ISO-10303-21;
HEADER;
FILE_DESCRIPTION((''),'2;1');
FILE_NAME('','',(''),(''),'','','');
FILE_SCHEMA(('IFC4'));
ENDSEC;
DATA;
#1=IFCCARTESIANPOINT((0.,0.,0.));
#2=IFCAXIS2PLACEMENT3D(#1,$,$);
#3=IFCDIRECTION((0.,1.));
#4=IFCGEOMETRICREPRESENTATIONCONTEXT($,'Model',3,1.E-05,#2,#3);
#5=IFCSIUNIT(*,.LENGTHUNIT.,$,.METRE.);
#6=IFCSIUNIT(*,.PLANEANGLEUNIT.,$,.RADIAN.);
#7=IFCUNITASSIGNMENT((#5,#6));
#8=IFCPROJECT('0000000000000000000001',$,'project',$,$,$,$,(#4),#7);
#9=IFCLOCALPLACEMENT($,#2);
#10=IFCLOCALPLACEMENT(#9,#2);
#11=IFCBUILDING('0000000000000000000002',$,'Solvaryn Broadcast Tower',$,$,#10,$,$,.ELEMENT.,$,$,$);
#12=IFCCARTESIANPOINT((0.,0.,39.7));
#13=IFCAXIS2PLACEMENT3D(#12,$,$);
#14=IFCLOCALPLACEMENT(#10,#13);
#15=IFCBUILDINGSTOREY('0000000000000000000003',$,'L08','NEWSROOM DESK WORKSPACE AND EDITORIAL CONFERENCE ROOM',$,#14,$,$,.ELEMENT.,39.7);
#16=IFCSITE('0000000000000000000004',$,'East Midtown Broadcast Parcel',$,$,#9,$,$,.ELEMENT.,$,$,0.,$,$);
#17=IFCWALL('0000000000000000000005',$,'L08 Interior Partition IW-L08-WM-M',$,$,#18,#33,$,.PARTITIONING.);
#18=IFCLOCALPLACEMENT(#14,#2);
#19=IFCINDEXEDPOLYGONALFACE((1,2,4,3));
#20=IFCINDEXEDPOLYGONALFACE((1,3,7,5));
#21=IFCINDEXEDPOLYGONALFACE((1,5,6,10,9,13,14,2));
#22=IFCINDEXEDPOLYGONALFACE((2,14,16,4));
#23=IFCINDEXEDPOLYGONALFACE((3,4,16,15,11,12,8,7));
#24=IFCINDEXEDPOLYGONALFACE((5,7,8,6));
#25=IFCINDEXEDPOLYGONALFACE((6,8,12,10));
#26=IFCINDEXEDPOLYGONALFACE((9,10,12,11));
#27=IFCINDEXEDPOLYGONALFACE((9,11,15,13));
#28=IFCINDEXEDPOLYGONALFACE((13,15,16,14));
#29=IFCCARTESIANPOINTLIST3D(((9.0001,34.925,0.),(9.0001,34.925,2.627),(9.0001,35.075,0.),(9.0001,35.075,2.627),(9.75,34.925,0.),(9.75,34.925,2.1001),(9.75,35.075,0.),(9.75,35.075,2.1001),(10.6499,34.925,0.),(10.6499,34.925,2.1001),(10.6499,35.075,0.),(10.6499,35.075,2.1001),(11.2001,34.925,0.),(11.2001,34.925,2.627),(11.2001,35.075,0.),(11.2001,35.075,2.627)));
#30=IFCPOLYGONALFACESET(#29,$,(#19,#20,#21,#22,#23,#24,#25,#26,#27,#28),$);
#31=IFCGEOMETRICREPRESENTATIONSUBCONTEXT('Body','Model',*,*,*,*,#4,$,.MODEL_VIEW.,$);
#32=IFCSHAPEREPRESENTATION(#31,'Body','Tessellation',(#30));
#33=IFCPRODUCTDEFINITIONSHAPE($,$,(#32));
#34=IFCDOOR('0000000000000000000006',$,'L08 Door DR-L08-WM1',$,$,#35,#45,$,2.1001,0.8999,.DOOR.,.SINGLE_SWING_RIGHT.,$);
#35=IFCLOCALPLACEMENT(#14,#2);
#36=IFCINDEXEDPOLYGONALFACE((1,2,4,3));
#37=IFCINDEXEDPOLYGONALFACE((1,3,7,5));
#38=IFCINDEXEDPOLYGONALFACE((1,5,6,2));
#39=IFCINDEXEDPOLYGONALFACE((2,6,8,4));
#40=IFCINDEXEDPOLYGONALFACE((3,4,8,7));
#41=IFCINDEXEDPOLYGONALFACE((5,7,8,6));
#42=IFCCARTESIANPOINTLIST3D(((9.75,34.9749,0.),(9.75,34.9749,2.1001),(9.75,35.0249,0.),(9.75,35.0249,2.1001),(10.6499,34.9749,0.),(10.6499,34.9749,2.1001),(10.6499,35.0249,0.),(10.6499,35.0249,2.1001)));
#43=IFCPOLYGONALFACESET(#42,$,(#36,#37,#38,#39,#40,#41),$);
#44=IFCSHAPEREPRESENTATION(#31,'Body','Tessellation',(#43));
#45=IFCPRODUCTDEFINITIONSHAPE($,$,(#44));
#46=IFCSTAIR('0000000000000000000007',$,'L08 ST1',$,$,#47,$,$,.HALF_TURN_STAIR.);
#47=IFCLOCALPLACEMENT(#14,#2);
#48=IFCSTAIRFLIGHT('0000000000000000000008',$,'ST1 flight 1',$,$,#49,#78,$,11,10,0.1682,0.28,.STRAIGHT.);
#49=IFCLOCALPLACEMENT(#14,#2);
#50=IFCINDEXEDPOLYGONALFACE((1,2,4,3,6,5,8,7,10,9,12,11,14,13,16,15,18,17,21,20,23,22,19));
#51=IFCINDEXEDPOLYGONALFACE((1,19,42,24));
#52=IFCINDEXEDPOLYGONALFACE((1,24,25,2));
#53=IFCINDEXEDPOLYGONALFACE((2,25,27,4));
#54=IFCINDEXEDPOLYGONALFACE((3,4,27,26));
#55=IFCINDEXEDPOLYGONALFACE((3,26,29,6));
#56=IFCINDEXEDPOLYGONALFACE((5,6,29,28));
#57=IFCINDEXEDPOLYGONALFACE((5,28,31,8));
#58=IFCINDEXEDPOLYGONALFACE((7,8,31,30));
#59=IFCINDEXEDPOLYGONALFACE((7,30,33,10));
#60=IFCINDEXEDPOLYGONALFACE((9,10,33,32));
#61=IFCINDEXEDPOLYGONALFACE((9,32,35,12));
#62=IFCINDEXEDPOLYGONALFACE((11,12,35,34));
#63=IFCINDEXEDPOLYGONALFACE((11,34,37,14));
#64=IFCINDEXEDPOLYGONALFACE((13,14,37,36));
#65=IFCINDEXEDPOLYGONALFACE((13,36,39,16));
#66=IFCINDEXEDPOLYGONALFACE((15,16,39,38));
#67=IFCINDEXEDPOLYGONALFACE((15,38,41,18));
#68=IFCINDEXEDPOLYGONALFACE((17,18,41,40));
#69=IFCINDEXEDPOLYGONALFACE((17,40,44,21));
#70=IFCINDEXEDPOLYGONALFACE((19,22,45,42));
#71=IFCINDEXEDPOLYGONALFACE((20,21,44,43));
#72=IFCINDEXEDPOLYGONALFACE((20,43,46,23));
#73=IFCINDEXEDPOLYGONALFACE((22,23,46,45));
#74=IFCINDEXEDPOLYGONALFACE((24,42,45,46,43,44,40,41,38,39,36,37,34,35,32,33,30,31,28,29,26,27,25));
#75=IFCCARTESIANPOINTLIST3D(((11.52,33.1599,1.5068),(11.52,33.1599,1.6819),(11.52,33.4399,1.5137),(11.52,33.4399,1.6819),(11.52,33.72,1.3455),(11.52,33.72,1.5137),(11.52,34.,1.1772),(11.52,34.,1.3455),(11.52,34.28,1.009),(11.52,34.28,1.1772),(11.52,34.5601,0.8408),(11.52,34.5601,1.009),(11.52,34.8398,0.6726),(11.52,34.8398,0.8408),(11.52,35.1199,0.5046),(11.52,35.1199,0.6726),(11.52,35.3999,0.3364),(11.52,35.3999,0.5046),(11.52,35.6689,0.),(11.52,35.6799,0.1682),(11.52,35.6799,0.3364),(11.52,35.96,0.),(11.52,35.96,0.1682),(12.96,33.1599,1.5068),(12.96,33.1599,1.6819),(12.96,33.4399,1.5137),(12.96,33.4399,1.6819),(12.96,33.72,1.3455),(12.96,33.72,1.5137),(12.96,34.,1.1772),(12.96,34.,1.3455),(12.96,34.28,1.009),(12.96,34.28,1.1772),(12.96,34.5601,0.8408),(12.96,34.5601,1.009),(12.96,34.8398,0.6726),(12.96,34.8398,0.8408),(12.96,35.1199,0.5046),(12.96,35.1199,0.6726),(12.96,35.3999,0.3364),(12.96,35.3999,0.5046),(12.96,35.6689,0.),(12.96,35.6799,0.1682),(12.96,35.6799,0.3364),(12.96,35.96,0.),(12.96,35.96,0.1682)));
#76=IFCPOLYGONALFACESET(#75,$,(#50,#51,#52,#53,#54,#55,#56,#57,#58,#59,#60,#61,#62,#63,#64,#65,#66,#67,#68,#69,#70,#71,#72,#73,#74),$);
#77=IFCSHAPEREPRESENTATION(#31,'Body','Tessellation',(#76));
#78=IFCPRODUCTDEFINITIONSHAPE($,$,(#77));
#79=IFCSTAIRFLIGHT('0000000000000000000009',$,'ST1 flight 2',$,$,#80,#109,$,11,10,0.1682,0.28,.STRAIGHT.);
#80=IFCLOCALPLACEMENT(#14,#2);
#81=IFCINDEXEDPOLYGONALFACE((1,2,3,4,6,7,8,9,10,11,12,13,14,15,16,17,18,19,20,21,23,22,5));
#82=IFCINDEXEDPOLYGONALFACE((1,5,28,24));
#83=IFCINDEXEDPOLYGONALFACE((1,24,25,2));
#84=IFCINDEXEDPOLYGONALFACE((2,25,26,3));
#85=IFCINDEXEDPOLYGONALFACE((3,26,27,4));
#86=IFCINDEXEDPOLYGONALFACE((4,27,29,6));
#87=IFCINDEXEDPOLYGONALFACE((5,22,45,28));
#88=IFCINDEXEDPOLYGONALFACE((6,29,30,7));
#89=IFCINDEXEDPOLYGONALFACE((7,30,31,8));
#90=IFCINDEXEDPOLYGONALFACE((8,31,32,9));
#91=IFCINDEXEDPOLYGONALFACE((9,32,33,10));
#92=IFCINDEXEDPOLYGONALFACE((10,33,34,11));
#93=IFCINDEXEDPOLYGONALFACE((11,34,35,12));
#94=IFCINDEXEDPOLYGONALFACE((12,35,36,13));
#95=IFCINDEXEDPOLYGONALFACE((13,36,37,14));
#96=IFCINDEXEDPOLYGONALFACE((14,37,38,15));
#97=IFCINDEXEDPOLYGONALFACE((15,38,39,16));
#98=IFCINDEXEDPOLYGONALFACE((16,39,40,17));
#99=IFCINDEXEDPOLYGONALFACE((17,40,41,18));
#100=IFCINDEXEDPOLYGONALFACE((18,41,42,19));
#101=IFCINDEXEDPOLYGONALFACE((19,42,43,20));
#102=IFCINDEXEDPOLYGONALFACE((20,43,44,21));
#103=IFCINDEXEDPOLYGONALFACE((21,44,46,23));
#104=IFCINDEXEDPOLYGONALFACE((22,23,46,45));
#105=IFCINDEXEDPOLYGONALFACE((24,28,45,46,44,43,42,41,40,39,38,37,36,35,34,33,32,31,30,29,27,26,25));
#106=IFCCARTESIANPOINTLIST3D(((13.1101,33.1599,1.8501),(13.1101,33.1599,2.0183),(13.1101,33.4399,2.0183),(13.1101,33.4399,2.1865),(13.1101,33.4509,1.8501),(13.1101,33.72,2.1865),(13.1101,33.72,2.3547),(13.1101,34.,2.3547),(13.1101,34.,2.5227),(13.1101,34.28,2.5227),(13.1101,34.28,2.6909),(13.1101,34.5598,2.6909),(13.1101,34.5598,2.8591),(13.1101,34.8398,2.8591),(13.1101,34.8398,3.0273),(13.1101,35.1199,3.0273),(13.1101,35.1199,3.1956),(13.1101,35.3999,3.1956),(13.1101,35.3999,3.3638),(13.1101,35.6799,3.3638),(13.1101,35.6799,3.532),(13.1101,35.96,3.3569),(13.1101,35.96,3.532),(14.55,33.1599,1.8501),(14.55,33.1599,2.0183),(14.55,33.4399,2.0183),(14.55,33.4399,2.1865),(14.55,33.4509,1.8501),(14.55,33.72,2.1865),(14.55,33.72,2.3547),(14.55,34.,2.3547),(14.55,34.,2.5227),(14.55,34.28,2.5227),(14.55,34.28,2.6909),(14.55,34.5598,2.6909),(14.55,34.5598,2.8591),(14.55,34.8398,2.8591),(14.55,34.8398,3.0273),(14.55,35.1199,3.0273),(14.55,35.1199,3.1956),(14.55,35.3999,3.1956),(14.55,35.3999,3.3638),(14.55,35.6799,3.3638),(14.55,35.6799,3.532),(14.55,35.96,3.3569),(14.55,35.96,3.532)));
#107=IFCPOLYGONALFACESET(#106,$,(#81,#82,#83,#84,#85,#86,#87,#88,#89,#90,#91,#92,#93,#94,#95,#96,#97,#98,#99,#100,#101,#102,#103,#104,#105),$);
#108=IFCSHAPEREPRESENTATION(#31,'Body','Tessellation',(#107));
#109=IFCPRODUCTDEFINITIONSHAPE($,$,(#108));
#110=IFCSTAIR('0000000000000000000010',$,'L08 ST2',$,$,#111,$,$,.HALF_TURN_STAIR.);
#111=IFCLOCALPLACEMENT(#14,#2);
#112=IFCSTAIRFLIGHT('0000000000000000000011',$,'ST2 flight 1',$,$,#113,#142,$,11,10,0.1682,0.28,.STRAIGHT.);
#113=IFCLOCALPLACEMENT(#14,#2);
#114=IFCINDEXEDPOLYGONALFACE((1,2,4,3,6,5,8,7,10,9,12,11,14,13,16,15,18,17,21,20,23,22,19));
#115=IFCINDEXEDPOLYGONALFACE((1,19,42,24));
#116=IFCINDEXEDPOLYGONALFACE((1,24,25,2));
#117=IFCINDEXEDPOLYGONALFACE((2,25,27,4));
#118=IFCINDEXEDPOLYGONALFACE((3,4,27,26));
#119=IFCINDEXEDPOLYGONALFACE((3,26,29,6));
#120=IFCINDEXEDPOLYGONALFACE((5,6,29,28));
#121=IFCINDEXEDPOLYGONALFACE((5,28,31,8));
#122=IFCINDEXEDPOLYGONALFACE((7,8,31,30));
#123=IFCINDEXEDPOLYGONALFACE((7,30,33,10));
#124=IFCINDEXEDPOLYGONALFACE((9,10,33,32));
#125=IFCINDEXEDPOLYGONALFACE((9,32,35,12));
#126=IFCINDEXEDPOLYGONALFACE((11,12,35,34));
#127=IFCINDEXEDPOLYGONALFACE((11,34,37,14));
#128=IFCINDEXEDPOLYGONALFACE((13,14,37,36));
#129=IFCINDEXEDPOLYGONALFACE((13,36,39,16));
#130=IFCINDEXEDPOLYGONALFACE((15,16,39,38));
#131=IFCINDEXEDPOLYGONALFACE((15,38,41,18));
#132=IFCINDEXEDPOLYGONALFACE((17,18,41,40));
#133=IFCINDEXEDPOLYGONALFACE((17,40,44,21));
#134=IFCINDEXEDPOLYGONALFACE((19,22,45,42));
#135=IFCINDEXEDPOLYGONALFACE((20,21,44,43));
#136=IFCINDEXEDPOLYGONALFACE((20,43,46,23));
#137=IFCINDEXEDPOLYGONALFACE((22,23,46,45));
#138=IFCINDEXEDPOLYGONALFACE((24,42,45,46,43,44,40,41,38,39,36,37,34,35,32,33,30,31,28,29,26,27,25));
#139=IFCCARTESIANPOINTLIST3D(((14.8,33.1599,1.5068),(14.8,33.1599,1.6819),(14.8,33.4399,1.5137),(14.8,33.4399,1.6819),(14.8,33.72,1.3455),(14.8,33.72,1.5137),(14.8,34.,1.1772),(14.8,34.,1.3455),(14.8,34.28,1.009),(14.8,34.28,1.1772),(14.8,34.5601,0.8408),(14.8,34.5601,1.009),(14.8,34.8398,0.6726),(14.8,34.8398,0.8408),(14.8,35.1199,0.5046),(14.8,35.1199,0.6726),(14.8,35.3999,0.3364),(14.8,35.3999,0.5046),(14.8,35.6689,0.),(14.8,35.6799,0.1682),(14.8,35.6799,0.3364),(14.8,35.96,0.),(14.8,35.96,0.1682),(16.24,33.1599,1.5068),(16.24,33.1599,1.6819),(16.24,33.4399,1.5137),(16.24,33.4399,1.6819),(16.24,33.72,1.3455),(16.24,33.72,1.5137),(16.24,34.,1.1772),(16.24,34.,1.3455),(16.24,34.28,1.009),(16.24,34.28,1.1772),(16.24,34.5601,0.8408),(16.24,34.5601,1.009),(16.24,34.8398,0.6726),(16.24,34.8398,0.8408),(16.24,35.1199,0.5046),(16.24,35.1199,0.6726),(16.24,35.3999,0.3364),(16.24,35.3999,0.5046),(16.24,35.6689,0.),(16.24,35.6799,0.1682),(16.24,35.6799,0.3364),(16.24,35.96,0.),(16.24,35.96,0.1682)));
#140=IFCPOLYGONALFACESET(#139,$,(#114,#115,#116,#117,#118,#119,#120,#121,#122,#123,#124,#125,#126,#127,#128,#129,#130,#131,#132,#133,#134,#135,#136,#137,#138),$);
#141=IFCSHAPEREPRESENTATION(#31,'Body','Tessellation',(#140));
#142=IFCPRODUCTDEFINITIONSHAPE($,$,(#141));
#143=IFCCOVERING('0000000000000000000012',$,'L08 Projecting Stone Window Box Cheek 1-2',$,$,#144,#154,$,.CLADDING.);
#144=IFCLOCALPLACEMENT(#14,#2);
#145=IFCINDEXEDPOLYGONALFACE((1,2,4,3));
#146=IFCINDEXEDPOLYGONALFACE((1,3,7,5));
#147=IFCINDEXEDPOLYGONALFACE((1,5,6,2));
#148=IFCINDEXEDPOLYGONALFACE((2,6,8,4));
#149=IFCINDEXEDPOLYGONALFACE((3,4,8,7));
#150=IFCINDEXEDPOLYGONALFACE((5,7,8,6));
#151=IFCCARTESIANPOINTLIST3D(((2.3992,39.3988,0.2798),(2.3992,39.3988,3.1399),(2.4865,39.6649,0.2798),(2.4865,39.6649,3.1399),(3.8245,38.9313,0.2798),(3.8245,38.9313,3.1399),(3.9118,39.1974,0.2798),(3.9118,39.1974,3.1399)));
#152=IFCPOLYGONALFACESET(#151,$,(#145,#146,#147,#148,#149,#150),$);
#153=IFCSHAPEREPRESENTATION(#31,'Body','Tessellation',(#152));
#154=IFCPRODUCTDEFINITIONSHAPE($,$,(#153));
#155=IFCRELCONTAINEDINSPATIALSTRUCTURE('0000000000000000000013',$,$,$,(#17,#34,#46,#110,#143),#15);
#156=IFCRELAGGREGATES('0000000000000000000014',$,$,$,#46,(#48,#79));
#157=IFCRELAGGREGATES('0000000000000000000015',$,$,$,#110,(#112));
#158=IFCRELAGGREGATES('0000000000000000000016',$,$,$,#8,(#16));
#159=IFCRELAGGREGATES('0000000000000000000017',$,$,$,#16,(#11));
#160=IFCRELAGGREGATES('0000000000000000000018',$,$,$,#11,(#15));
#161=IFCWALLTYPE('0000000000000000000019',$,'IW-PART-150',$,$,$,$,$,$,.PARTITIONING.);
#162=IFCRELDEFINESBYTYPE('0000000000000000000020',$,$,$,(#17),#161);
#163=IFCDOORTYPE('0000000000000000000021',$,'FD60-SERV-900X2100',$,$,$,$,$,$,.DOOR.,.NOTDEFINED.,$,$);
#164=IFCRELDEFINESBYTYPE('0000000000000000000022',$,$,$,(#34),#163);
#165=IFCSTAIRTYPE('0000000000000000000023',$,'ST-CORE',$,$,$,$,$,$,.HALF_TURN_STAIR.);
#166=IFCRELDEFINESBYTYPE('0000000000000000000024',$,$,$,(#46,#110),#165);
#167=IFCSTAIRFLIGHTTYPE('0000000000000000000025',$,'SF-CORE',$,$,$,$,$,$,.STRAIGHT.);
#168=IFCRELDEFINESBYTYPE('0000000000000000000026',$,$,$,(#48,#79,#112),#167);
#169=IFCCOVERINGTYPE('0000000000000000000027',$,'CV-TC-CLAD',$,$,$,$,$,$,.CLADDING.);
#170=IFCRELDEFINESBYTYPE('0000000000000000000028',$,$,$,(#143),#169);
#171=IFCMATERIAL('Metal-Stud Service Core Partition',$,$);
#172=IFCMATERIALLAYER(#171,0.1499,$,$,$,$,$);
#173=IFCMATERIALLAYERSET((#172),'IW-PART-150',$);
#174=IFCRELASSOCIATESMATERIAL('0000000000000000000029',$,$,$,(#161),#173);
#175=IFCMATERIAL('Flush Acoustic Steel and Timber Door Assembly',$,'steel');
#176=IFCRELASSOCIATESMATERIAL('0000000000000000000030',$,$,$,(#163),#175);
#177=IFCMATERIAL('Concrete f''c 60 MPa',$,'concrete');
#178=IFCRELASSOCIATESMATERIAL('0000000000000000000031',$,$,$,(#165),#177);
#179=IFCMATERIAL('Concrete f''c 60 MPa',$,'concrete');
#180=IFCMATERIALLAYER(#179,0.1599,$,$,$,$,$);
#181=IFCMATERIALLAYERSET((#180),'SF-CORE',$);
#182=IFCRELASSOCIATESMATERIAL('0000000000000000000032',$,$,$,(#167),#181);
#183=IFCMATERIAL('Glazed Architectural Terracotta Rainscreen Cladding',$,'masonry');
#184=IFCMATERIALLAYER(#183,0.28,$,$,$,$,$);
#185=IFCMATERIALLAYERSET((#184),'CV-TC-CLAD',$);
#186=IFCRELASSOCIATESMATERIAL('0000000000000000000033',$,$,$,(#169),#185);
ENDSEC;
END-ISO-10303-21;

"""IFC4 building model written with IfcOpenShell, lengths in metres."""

from ifc_helpers import new_model, si_unit, direction, frame, frame_2d, origin, origin_2d, place, context, subcontext, project, spatial, polyline, rectangle, outline, extrude, material, layer, layer_set, type_object, element, fill, aggregate, save


model = new_model("IFC4")

# Units and contexts
model_context = context("Model", 3, precision=1e-05, world=origin(), true_north=direction((0.0, 1.0)))
body_context = subcontext(model_context, "Body", "Model", "MODEL_VIEW")
ifc_project = project(units=[si_unit("LENGTHUNIT", "METRE"), si_unit("PLANEANGLEUNIT", "RADIAN")], contexts=[model_context])

# Site, building, storey
site_placement = place(None, origin())
site = spatial("IfcSite", under=ifc_project, at=site_placement, Name="East Midtown Broadcast Parcel", CompositionType="ELEMENT", RefElevation=0.0)
building_placement = place(site_placement, origin())
building = spatial("IfcBuilding", under=site, at=building_placement, Name="Solvaryn Broadcast Tower", CompositionType="ELEMENT")
storey_placement = place(building_placement, frame((0.0, 0.0, 39.7)))
storey = spatial("IfcBuildingStorey", under=building, at=storey_placement, Name="L08", Description="NEWSROOM DESK WORKSPACE AND EDITORIAL CONFERENCE ROOM", CompositionType="ELEMENT", Elevation=39.7)

# Wall, opening, door
ifc_material_1 = material(Name="Metal-Stud Service Core Partition")
ifc_layer_1 = layer(ifc_material_1, 0.1499)
ifc_layer_set_1 = layer_set([ifc_layer_1], Name="IW-PART-150")
wall_type = type_object("IfcWallType", Name="IW-PART-150", PredefinedType="PARTITIONING", material=ifc_layer_set_1)
wall_placement = place(storey_placement, frame((9.0, 35.0, 0.0), z_axis=(0.0, 0.0, 1.0), x_axis=(1.0, 0.0, 0.0)))
wall = element("IfcWall", 1, at=wall_placement, inside=storey, type_object=wall_type, Name="L08 Interior Partition IW-L08-WM-M", PredefinedType="PARTITIONING", context=body_context, shape_type="SweptSolid", body=[
    extrude(rectangle(XDim=2.2, YDim=0.1499, at=frame_2d((1.1001, 0.0))), origin(), (0.0, 0.0, 1.0), 2.627),
])
opening_placement = place(wall_placement, frame((0.75, 0.0, 0.0)))
opening = element("IfcOpeningElement", 2, at=opening_placement, cuts=wall, PredefinedType="OPENING", context=body_context, shape_type="SweptSolid", body=[
    extrude(rectangle(XDim=0.8999, YDim=2.1001, at=frame_2d((0.45, 1.05))), frame((0.0, 0.085, 0.0), z_axis=(0.0, -1.0, 0.0), x_axis=(1.0, 0.0, 0.0)), (0.0, 0.0, 1.0), 0.1699),
])
ifc_material_2 = material(Name="Flush Acoustic Steel and Timber Door Assembly", Category="steel")
door_type = type_object("IfcDoorType", Name="FD60-SERV-900X2100", OperationType="NOTDEFINED", PredefinedType="DOOR", material=ifc_material_2)
door_placement = place(opening_placement, origin())
door = element("IfcDoor", 3, at=door_placement, inside=storey, type_object=door_type, Name="L08 Door DR-L08-WM1", OperationType="SINGLE_SWING_RIGHT", OverallHeight=2.1001, OverallWidth=0.8999, PredefinedType="DOOR", context=body_context, shape_type="SweptSolid", body=[
    extrude(rectangle(XDim=0.8999, YDim=2.1001, at=frame_2d((0.45, 1.05))), frame((0.0, 0.0249, 0.0), z_axis=(0.0, -1.0, 0.0), x_axis=(1.0, 0.0, 0.0)), (0.0, 0.0, 1.0), 0.05),
])
fill(opening, door)

# Stair, stair flights
ifc_material_3 = material(Name="Concrete f'c 60 MPa", Category="concrete")
stair_type = type_object("IfcStairType", Name="ST-CORE", PredefinedType="HALF_TURN_STAIR", material=ifc_material_3)
stair_1_placement = place(storey_placement, origin())
stair_1 = element("IfcStair", 4, at=stair_1_placement, inside=storey, type_object=stair_type, Name="L08 ST1", PredefinedType="HALF_TURN_STAIR")
ifc_material_4 = material(Name="Concrete f'c 60 MPa", Category="concrete")
ifc_layer_2 = layer(ifc_material_4, 0.1599)
ifc_layer_set_2 = layer_set([ifc_layer_2], Name="SF-CORE")
stair_flight_type = type_object("IfcStairFlightType", Name="SF-CORE", PredefinedType="STRAIGHT", material=ifc_layer_set_2)
stair_flight_1_placement = place(storey_placement, frame((12.24, 35.96, 0.0), z_axis=(0.0, 0.0, 1.0), x_axis=(0.0, -1.0, 0.0)))
stair_flight_1 = element("IfcStairFlight", 5, at=stair_flight_1_placement, type_object=stair_flight_type, Name="ST1 flight 1", NumberOfRisers=11, NumberOfTreads=10, PredefinedType="STRAIGHT", RiserHeight=0.1682, TreadLength=0.28, context=body_context, shape_type="SweptSolid", body=[
    extrude(outline(polyline([(0.0, 0.0), (0.0, 0.1682), (0.28, 0.1682), (0.28, 0.3364), (0.5601, 0.3364), (0.5601, 0.5046), (0.8401, 0.5046), (0.8401, 0.6726), (1.1201, 0.6726), (1.1201, 0.8408), (1.3999, 0.8408), (1.3999, 1.009), (1.6799, 1.009), (1.6799, 1.1772), (1.96, 1.1772), (1.96, 1.3455), (2.24, 1.3455), (2.24, 1.5137), (2.52, 1.5137), (2.52, 1.6819), (2.8, 1.6819), (2.8, 1.8501), (2.8, 1.5068), (0.291, 0.0), (0.0, 0.0)])), frame((0.0, 0.72, 0.0), z_axis=(0.0, -1.0, 0.0), x_axis=(1.0, 0.0, 0.0)), (0.0, 0.0, 1.0), 1.4399),
])
stair_flight_2_placement = place(storey_placement, frame((13.8301, 33.1599, 1.8501), z_axis=(0.0, 0.0, 1.0), x_axis=(0.0, 1.0, 0.0)))
stair_flight_2 = element("IfcStairFlight", 6, at=stair_flight_2_placement, type_object=stair_flight_type, Name="ST1 flight 2", NumberOfRisers=11, NumberOfTreads=10, PredefinedType="STRAIGHT", RiserHeight=0.1682, TreadLength=0.28, context=body_context, shape_type="SweptSolid", body=[
    extrude(outline(polyline([(0.0, 0.0), (0.0, 0.1682), (0.28, 0.1682), (0.28, 0.3364), (0.5601, 0.3364), (0.5601, 0.5046), (0.8401, 0.5046), (0.8401, 0.6726), (1.1201, 0.6726), (1.1201, 0.8408), (1.3999, 0.8408), (1.3999, 1.009), (1.6799, 1.009), (1.6799, 1.1772), (1.96, 1.1772), (1.96, 1.3455), (2.24, 1.3455), (2.24, 1.5137), (2.52, 1.5137), (2.52, 1.6819), (2.8, 1.6819), (2.8, 1.8501), (2.8, 1.5068), (0.291, 0.0), (0.0, 0.0)])), frame((0.0, 0.72, 0.0), z_axis=(0.0, -1.0, 0.0), x_axis=(1.0, 0.0, 0.0)), (0.0, 0.0, 1.0), 1.4399),
])
aggregate(stair_1, [stair_flight_1, stair_flight_2])

# Stair, stair flight
stair_2_placement = place(storey_placement, origin())
stair_2 = element("IfcStair", 7, at=stair_2_placement, inside=storey, type_object=stair_type, Name="L08 ST2", PredefinedType="HALF_TURN_STAIR")
stair_flight_3_placement = place(storey_placement, frame((15.52, 35.96, 0.0), z_axis=(0.0, 0.0, 1.0), x_axis=(0.0, -1.0, 0.0)))
stair_flight_3 = element("IfcStairFlight", 8, at=stair_flight_3_placement, type_object=stair_flight_type, Name="ST2 flight 1", NumberOfRisers=11, NumberOfTreads=10, PredefinedType="STRAIGHT", RiserHeight=0.1682, TreadLength=0.28, context=body_context, shape_type="SweptSolid", body=[
    extrude(outline(polyline([(0.0, 0.0), (0.0, 0.1682), (0.28, 0.1682), (0.28, 0.3364), (0.5601, 0.3364), (0.5601, 0.5046), (0.8401, 0.5046), (0.8401, 0.6726), (1.1201, 0.6726), (1.1201, 0.8408), (1.3999, 0.8408), (1.3999, 1.009), (1.6799, 1.009), (1.6799, 1.1772), (1.96, 1.1772), (1.96, 1.3455), (2.24, 1.3455), (2.24, 1.5137), (2.52, 1.5137), (2.52, 1.6819), (2.8, 1.6819), (2.8, 1.8501), (2.8, 1.5068), (0.291, 0.0), (0.0, 0.0)])), frame((0.0, 0.72, 0.0), z_axis=(0.0, -1.0, 0.0), x_axis=(1.0, 0.0, 0.0)), (0.0, 0.0, 1.0), 1.4399),
])
aggregate(stair_2, [stair_flight_3])

# Covering
ifc_material_5 = material(Name="Glazed Architectural Terracotta Rainscreen Cladding", Category="masonry")
ifc_layer_3 = layer(ifc_material_5, 0.28)
ifc_layer_set_3 = layer_set([ifc_layer_3], Name="CV-TC-CLAD")
covering_type = type_object("IfcCoveringType", Name="CV-TC-CLAD", PredefinedType="CLADDING", material=ifc_layer_set_3)
covering_placement = place(storey_placement, frame((3.1555, 39.2981, 0.2798), z_axis=(0.0, 0.0, 1.0), x_axis=(-0.311672, -0.95019, 0.0)))
element("IfcCovering", 9, at=covering_placement, inside=storey, type_object=covering_type, Name="L08 Projecting Stone Window Box Cheek 1-2", PredefinedType="CLADDING", context=body_context, shape_type="SweptSolid", body=[
    extrude(rectangle(XDim=0.28, YDim=1.5, at=origin_2d()), origin(), (0.0, 0.0, 1.0), 2.8601),
])

save(model, "model.ifc")
